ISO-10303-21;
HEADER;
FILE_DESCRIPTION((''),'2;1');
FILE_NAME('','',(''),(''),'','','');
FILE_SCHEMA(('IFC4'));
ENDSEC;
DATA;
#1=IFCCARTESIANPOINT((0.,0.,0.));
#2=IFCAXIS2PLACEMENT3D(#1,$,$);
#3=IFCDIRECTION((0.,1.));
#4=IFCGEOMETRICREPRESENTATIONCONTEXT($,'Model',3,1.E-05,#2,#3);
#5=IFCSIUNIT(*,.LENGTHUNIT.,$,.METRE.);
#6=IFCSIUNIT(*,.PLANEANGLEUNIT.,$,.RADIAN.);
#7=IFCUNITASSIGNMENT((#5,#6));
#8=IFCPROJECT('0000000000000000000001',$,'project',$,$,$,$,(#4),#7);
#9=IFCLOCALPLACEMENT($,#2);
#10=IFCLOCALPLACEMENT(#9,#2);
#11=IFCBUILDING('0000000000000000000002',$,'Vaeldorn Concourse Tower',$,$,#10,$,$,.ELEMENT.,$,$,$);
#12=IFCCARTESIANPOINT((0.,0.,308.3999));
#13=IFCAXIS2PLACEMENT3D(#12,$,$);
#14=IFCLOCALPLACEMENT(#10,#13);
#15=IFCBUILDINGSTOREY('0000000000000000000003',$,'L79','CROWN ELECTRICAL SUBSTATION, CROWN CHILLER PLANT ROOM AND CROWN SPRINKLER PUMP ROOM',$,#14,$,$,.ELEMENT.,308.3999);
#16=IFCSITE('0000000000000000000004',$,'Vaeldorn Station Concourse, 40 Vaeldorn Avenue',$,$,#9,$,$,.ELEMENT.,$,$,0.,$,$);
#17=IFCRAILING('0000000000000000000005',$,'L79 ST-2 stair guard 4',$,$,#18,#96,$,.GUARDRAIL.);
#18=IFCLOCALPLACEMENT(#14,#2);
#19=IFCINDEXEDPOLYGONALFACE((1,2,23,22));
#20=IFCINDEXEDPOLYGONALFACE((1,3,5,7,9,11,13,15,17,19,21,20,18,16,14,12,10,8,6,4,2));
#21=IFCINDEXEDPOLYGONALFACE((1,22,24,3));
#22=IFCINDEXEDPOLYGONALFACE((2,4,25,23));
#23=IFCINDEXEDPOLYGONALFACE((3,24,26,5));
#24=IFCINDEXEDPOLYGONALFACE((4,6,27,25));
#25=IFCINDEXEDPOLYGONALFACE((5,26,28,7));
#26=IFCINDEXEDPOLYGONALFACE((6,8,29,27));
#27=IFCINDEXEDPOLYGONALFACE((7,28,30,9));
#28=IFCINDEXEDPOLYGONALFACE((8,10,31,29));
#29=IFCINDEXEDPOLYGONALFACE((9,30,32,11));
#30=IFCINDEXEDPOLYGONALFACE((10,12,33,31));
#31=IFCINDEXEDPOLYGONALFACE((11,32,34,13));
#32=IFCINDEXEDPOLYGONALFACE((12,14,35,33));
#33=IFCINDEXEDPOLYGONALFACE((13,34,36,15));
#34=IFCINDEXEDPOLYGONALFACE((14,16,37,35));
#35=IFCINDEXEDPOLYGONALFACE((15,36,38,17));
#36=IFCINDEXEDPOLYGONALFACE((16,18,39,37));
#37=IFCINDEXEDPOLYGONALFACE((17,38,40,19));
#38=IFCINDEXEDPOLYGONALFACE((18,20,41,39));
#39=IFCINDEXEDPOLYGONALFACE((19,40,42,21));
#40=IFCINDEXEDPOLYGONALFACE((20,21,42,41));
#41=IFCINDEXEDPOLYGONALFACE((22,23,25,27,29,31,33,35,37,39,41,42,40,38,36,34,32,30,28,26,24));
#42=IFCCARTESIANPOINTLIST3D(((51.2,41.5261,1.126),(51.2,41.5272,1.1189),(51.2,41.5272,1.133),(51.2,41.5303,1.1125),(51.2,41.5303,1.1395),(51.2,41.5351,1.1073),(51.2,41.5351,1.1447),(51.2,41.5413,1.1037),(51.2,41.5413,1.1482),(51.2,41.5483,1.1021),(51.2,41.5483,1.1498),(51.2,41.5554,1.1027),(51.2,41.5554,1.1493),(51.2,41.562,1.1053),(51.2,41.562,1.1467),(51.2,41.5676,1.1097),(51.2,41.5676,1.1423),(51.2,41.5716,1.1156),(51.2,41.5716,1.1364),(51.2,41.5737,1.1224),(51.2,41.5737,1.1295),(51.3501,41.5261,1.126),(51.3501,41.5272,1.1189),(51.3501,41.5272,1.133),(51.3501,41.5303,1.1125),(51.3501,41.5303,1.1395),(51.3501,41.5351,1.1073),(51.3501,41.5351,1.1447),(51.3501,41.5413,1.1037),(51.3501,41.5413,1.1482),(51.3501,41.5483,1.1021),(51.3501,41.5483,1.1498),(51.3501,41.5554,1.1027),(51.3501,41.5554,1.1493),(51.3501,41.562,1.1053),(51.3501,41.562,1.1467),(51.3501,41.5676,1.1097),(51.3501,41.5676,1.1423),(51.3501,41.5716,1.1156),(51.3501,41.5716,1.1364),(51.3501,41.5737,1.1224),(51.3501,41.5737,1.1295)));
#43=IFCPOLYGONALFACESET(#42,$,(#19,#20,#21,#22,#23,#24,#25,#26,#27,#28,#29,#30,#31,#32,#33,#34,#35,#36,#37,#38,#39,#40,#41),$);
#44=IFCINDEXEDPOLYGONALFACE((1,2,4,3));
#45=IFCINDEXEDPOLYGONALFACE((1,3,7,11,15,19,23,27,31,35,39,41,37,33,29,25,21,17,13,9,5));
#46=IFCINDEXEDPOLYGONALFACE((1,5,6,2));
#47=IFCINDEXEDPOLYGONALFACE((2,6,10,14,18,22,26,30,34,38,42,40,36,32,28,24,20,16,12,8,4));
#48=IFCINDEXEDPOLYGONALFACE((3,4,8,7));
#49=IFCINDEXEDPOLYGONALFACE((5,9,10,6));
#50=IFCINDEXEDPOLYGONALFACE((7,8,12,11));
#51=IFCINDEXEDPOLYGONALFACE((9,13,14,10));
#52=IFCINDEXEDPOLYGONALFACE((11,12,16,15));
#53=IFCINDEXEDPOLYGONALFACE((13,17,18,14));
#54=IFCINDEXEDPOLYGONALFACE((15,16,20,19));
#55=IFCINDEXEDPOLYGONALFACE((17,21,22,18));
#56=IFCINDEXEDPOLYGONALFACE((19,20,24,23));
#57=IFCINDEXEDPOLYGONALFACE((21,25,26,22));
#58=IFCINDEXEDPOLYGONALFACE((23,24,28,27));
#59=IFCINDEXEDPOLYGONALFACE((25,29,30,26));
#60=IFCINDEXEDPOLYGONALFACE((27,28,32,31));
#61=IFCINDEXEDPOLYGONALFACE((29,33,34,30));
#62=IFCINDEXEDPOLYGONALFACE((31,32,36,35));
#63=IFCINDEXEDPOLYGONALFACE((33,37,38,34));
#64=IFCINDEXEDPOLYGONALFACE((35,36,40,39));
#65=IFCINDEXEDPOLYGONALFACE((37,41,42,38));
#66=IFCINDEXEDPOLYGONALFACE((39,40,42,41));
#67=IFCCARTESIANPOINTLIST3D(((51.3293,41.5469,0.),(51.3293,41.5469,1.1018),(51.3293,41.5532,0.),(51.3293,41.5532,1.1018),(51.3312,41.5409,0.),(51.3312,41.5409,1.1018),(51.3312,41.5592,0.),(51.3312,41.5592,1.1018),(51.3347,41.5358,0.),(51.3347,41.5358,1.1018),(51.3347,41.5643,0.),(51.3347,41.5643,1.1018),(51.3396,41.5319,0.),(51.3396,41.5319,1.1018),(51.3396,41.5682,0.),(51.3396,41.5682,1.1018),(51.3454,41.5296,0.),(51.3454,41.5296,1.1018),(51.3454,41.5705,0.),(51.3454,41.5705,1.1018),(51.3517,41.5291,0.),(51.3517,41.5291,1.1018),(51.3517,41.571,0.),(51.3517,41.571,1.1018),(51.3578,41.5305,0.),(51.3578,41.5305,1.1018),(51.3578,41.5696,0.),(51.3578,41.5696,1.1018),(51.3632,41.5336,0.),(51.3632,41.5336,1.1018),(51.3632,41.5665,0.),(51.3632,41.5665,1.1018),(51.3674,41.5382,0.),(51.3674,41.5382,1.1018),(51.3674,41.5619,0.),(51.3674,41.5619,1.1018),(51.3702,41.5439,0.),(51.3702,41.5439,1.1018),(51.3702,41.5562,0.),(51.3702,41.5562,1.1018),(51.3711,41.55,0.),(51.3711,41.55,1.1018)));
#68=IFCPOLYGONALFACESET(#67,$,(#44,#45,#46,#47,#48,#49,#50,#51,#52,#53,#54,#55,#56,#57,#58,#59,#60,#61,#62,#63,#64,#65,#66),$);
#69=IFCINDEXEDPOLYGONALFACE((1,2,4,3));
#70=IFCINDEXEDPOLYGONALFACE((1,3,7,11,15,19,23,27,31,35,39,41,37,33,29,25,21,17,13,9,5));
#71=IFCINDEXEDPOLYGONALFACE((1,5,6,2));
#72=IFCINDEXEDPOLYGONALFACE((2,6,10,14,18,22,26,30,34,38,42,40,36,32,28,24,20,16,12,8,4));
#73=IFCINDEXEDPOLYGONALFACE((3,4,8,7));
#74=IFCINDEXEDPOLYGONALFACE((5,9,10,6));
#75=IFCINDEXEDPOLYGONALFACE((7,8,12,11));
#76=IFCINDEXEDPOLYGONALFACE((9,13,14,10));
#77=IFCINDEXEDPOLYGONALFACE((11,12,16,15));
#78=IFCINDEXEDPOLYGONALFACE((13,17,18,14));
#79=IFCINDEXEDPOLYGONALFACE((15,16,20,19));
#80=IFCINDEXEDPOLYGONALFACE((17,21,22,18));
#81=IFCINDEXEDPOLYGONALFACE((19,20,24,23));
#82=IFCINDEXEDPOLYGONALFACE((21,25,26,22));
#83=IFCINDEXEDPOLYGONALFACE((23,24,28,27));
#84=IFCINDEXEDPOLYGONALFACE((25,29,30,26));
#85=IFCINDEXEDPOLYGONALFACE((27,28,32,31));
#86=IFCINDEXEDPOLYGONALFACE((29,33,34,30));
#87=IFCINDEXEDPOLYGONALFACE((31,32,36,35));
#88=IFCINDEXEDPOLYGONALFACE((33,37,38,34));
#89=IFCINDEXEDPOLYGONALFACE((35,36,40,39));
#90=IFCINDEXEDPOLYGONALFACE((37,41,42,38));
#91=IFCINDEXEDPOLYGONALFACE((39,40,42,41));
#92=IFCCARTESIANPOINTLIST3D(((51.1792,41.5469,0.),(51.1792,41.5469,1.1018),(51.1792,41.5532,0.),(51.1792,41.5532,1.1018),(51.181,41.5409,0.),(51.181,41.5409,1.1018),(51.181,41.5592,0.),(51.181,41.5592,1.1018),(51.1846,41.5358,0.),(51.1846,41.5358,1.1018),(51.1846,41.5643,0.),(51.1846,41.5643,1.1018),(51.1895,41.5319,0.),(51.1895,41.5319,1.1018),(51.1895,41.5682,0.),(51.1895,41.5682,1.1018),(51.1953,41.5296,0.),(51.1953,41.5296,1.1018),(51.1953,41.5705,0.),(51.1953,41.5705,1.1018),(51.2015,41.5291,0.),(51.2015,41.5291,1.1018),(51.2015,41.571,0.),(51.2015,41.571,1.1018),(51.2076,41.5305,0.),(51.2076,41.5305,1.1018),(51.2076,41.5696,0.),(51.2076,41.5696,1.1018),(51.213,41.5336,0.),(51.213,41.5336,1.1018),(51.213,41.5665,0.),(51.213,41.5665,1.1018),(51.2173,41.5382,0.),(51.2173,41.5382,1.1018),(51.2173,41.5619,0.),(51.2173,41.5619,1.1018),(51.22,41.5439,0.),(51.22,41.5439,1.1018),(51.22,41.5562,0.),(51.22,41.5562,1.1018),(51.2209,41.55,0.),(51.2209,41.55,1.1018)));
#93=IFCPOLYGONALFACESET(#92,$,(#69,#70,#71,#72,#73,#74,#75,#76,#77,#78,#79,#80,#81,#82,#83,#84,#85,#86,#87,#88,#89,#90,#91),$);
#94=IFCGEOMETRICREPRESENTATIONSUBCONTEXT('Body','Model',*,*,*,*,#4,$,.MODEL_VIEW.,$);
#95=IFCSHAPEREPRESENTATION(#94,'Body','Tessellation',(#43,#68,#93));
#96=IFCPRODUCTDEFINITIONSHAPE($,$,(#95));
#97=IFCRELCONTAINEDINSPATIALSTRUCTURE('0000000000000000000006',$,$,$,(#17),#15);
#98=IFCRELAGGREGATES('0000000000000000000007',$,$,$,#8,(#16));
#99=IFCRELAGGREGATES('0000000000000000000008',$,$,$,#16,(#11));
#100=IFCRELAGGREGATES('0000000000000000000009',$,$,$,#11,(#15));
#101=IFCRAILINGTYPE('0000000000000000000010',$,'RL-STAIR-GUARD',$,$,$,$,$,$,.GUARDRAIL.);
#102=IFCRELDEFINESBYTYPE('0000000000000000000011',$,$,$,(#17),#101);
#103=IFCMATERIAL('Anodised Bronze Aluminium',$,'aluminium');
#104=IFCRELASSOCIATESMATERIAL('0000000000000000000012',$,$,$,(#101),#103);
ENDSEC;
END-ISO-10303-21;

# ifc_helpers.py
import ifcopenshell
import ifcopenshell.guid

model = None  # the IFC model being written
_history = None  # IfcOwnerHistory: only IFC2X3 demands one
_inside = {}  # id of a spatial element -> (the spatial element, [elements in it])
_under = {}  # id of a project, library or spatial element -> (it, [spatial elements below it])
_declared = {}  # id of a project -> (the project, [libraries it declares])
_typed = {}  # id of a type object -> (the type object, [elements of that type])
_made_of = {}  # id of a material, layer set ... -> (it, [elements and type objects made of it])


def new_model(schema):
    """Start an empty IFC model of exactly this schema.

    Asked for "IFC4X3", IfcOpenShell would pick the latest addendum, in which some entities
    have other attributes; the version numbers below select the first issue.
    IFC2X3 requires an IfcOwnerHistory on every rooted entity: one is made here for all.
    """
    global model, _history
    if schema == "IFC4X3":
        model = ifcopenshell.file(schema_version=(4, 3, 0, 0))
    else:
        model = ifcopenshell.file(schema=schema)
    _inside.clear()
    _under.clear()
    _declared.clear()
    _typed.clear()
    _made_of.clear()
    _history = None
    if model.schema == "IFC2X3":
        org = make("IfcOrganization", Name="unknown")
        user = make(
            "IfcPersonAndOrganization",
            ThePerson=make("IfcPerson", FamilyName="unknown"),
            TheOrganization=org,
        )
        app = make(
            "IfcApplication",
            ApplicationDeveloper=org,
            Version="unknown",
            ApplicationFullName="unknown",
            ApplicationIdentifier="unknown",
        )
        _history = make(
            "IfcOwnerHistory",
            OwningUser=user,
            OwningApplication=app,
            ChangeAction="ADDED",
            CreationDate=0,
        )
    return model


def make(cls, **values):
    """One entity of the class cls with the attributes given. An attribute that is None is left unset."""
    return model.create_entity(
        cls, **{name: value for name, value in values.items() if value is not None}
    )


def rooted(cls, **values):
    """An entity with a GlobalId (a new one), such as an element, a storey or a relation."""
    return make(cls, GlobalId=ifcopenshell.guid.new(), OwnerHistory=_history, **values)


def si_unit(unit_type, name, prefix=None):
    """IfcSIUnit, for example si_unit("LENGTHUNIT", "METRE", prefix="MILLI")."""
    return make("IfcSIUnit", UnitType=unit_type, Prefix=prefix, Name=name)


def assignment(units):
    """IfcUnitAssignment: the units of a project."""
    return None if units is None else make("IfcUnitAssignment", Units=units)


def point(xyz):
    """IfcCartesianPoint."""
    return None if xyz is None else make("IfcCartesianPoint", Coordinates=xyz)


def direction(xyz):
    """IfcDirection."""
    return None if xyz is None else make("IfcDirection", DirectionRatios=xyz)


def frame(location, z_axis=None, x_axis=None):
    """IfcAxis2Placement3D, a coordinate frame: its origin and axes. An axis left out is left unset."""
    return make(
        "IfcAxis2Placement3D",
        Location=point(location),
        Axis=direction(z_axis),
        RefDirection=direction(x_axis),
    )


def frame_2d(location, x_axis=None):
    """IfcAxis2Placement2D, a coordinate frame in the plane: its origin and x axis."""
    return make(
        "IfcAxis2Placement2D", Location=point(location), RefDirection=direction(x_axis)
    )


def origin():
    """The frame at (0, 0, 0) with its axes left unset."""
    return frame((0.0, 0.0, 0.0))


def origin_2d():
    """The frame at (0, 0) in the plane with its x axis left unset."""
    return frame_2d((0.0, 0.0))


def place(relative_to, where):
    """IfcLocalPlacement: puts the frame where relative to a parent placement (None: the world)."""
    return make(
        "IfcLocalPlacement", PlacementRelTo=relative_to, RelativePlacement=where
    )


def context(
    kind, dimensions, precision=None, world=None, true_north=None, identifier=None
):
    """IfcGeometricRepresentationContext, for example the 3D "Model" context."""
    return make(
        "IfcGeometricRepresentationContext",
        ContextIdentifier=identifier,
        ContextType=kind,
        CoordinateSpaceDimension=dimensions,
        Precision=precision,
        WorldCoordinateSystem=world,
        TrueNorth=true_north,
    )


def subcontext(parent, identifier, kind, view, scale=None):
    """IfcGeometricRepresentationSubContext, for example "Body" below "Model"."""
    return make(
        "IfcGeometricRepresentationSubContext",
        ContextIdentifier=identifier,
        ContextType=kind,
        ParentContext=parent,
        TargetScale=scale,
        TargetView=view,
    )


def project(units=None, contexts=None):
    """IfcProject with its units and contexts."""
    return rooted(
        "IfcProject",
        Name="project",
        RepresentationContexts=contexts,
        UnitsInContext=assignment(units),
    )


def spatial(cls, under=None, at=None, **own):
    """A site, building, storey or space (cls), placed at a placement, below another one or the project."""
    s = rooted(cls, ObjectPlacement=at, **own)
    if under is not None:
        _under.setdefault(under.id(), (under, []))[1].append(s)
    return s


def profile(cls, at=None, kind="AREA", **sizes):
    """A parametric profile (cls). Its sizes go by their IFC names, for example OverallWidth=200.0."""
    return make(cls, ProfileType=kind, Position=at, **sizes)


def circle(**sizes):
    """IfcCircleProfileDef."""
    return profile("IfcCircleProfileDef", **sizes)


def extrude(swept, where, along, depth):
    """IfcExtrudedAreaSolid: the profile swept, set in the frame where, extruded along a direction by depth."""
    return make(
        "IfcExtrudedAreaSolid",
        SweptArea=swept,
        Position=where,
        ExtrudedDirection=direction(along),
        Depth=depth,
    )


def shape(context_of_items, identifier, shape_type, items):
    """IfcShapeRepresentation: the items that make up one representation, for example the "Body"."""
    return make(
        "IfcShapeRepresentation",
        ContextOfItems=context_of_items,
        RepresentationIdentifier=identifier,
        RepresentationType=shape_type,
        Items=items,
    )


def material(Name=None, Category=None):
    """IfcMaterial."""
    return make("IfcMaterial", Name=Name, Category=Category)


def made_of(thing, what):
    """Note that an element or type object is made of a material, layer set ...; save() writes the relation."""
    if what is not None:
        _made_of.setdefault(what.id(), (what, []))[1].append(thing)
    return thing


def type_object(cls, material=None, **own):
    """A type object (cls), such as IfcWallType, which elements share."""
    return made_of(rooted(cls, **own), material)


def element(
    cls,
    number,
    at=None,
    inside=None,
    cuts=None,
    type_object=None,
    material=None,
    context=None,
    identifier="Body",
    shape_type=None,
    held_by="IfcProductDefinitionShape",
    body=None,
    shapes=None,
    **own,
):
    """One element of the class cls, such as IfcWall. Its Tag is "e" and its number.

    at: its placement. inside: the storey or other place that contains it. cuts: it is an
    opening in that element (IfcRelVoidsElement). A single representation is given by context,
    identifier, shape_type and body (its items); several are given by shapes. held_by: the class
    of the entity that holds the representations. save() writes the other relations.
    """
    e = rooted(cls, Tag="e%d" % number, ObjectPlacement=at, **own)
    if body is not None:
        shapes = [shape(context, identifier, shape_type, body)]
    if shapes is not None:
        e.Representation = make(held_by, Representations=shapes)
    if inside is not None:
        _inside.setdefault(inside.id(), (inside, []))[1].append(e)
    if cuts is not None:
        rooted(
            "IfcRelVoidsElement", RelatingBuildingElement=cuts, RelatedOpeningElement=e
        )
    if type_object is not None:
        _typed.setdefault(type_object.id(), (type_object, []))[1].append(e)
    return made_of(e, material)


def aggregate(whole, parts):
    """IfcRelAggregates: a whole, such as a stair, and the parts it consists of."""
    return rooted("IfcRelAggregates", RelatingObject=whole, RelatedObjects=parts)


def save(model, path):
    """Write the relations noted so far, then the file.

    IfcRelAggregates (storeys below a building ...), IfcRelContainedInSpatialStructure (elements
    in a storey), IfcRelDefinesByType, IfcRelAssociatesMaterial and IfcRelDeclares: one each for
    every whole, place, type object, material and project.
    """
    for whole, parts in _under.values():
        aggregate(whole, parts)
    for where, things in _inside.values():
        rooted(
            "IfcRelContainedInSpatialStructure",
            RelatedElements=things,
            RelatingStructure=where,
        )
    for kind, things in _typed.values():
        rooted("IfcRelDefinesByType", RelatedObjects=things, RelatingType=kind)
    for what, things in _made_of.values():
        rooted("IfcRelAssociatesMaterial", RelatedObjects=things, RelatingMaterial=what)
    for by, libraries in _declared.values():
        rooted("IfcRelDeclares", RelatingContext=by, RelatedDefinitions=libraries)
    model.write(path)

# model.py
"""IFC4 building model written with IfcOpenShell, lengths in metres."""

from ifc_helpers import new_model, si_unit, direction, frame, origin, origin_2d, place, context, subcontext, project, spatial, circle, extrude, material, type_object, element, save


model = new_model("IFC4")

# Units and contexts
model_context = context("Model", 3, precision=1e-05, world=origin(), true_north=direction((0.0, 1.0)))
body_context = subcontext(model_context, "Body", "Model", "MODEL_VIEW")
ifc_project = project(units=[si_unit("LENGTHUNIT", "METRE"), si_unit("PLANEANGLEUNIT", "RADIAN")], contexts=[model_context])

# Site, building, storey
site_placement = place(None, origin())
site = spatial("IfcSite", under=ifc_project, at=site_placement, Name="Vaeldorn Station Concourse, 40 Vaeldorn Avenue", CompositionType="ELEMENT", RefElevation=0.0)
building_placement = place(site_placement, origin())
building = spatial("IfcBuilding", under=site, at=building_placement, Name="Vaeldorn Concourse Tower", CompositionType="ELEMENT")
storey_placement = place(building_placement, frame((0.0, 0.0, 308.3999)))
storey = spatial("IfcBuildingStorey", under=building, at=storey_placement, Name="L79", Description="CROWN ELECTRICAL SUBSTATION, CROWN CHILLER PLANT ROOM AND CROWN SPRINKLER PUMP ROOM", CompositionType="ELEMENT", Elevation=308.3999)

# Shared definitions
ifc_material_1 = material(Name="Anodised Bronze Aluminium", Category="aluminium")

# Railing
railing_type_1 = type_object("IfcRailingType", Name="RL-STAIR-GUARD", PredefinedType="GUARDRAIL", material=ifc_material_1)
railing_1_placement = place(storey_placement, frame((51.3501, 41.55, 0.0)))
element("IfcRailing", 1, at=railing_1_placement, inside=storey, type_object=railing_type_1, Name="L79 ST-2 stair guard 4", PredefinedType="GUARDRAIL", context=body_context, shape_type="SweptSolid", body=[
    extrude(circle(Radius=0.0239, at=origin_2d()), frame((0.0, 0.0, 1.126), z_axis=(-1.0, 0.0, 0.0), x_axis=(0.0, -1.0, 0.0)), (0.0, 0.0, 1.0), 0.1501),
    extrude(circle(Radius=0.021, at=origin_2d()), origin(), (0.0, 0.0, 1.0), 1.1018),
    extrude(circle(Radius=0.021, at=origin_2d()), frame((-0.1501, 0.0, 0.0)), (0.0, 0.0, 1.0), 1.1018),
])

save(model, "model.ifc")
